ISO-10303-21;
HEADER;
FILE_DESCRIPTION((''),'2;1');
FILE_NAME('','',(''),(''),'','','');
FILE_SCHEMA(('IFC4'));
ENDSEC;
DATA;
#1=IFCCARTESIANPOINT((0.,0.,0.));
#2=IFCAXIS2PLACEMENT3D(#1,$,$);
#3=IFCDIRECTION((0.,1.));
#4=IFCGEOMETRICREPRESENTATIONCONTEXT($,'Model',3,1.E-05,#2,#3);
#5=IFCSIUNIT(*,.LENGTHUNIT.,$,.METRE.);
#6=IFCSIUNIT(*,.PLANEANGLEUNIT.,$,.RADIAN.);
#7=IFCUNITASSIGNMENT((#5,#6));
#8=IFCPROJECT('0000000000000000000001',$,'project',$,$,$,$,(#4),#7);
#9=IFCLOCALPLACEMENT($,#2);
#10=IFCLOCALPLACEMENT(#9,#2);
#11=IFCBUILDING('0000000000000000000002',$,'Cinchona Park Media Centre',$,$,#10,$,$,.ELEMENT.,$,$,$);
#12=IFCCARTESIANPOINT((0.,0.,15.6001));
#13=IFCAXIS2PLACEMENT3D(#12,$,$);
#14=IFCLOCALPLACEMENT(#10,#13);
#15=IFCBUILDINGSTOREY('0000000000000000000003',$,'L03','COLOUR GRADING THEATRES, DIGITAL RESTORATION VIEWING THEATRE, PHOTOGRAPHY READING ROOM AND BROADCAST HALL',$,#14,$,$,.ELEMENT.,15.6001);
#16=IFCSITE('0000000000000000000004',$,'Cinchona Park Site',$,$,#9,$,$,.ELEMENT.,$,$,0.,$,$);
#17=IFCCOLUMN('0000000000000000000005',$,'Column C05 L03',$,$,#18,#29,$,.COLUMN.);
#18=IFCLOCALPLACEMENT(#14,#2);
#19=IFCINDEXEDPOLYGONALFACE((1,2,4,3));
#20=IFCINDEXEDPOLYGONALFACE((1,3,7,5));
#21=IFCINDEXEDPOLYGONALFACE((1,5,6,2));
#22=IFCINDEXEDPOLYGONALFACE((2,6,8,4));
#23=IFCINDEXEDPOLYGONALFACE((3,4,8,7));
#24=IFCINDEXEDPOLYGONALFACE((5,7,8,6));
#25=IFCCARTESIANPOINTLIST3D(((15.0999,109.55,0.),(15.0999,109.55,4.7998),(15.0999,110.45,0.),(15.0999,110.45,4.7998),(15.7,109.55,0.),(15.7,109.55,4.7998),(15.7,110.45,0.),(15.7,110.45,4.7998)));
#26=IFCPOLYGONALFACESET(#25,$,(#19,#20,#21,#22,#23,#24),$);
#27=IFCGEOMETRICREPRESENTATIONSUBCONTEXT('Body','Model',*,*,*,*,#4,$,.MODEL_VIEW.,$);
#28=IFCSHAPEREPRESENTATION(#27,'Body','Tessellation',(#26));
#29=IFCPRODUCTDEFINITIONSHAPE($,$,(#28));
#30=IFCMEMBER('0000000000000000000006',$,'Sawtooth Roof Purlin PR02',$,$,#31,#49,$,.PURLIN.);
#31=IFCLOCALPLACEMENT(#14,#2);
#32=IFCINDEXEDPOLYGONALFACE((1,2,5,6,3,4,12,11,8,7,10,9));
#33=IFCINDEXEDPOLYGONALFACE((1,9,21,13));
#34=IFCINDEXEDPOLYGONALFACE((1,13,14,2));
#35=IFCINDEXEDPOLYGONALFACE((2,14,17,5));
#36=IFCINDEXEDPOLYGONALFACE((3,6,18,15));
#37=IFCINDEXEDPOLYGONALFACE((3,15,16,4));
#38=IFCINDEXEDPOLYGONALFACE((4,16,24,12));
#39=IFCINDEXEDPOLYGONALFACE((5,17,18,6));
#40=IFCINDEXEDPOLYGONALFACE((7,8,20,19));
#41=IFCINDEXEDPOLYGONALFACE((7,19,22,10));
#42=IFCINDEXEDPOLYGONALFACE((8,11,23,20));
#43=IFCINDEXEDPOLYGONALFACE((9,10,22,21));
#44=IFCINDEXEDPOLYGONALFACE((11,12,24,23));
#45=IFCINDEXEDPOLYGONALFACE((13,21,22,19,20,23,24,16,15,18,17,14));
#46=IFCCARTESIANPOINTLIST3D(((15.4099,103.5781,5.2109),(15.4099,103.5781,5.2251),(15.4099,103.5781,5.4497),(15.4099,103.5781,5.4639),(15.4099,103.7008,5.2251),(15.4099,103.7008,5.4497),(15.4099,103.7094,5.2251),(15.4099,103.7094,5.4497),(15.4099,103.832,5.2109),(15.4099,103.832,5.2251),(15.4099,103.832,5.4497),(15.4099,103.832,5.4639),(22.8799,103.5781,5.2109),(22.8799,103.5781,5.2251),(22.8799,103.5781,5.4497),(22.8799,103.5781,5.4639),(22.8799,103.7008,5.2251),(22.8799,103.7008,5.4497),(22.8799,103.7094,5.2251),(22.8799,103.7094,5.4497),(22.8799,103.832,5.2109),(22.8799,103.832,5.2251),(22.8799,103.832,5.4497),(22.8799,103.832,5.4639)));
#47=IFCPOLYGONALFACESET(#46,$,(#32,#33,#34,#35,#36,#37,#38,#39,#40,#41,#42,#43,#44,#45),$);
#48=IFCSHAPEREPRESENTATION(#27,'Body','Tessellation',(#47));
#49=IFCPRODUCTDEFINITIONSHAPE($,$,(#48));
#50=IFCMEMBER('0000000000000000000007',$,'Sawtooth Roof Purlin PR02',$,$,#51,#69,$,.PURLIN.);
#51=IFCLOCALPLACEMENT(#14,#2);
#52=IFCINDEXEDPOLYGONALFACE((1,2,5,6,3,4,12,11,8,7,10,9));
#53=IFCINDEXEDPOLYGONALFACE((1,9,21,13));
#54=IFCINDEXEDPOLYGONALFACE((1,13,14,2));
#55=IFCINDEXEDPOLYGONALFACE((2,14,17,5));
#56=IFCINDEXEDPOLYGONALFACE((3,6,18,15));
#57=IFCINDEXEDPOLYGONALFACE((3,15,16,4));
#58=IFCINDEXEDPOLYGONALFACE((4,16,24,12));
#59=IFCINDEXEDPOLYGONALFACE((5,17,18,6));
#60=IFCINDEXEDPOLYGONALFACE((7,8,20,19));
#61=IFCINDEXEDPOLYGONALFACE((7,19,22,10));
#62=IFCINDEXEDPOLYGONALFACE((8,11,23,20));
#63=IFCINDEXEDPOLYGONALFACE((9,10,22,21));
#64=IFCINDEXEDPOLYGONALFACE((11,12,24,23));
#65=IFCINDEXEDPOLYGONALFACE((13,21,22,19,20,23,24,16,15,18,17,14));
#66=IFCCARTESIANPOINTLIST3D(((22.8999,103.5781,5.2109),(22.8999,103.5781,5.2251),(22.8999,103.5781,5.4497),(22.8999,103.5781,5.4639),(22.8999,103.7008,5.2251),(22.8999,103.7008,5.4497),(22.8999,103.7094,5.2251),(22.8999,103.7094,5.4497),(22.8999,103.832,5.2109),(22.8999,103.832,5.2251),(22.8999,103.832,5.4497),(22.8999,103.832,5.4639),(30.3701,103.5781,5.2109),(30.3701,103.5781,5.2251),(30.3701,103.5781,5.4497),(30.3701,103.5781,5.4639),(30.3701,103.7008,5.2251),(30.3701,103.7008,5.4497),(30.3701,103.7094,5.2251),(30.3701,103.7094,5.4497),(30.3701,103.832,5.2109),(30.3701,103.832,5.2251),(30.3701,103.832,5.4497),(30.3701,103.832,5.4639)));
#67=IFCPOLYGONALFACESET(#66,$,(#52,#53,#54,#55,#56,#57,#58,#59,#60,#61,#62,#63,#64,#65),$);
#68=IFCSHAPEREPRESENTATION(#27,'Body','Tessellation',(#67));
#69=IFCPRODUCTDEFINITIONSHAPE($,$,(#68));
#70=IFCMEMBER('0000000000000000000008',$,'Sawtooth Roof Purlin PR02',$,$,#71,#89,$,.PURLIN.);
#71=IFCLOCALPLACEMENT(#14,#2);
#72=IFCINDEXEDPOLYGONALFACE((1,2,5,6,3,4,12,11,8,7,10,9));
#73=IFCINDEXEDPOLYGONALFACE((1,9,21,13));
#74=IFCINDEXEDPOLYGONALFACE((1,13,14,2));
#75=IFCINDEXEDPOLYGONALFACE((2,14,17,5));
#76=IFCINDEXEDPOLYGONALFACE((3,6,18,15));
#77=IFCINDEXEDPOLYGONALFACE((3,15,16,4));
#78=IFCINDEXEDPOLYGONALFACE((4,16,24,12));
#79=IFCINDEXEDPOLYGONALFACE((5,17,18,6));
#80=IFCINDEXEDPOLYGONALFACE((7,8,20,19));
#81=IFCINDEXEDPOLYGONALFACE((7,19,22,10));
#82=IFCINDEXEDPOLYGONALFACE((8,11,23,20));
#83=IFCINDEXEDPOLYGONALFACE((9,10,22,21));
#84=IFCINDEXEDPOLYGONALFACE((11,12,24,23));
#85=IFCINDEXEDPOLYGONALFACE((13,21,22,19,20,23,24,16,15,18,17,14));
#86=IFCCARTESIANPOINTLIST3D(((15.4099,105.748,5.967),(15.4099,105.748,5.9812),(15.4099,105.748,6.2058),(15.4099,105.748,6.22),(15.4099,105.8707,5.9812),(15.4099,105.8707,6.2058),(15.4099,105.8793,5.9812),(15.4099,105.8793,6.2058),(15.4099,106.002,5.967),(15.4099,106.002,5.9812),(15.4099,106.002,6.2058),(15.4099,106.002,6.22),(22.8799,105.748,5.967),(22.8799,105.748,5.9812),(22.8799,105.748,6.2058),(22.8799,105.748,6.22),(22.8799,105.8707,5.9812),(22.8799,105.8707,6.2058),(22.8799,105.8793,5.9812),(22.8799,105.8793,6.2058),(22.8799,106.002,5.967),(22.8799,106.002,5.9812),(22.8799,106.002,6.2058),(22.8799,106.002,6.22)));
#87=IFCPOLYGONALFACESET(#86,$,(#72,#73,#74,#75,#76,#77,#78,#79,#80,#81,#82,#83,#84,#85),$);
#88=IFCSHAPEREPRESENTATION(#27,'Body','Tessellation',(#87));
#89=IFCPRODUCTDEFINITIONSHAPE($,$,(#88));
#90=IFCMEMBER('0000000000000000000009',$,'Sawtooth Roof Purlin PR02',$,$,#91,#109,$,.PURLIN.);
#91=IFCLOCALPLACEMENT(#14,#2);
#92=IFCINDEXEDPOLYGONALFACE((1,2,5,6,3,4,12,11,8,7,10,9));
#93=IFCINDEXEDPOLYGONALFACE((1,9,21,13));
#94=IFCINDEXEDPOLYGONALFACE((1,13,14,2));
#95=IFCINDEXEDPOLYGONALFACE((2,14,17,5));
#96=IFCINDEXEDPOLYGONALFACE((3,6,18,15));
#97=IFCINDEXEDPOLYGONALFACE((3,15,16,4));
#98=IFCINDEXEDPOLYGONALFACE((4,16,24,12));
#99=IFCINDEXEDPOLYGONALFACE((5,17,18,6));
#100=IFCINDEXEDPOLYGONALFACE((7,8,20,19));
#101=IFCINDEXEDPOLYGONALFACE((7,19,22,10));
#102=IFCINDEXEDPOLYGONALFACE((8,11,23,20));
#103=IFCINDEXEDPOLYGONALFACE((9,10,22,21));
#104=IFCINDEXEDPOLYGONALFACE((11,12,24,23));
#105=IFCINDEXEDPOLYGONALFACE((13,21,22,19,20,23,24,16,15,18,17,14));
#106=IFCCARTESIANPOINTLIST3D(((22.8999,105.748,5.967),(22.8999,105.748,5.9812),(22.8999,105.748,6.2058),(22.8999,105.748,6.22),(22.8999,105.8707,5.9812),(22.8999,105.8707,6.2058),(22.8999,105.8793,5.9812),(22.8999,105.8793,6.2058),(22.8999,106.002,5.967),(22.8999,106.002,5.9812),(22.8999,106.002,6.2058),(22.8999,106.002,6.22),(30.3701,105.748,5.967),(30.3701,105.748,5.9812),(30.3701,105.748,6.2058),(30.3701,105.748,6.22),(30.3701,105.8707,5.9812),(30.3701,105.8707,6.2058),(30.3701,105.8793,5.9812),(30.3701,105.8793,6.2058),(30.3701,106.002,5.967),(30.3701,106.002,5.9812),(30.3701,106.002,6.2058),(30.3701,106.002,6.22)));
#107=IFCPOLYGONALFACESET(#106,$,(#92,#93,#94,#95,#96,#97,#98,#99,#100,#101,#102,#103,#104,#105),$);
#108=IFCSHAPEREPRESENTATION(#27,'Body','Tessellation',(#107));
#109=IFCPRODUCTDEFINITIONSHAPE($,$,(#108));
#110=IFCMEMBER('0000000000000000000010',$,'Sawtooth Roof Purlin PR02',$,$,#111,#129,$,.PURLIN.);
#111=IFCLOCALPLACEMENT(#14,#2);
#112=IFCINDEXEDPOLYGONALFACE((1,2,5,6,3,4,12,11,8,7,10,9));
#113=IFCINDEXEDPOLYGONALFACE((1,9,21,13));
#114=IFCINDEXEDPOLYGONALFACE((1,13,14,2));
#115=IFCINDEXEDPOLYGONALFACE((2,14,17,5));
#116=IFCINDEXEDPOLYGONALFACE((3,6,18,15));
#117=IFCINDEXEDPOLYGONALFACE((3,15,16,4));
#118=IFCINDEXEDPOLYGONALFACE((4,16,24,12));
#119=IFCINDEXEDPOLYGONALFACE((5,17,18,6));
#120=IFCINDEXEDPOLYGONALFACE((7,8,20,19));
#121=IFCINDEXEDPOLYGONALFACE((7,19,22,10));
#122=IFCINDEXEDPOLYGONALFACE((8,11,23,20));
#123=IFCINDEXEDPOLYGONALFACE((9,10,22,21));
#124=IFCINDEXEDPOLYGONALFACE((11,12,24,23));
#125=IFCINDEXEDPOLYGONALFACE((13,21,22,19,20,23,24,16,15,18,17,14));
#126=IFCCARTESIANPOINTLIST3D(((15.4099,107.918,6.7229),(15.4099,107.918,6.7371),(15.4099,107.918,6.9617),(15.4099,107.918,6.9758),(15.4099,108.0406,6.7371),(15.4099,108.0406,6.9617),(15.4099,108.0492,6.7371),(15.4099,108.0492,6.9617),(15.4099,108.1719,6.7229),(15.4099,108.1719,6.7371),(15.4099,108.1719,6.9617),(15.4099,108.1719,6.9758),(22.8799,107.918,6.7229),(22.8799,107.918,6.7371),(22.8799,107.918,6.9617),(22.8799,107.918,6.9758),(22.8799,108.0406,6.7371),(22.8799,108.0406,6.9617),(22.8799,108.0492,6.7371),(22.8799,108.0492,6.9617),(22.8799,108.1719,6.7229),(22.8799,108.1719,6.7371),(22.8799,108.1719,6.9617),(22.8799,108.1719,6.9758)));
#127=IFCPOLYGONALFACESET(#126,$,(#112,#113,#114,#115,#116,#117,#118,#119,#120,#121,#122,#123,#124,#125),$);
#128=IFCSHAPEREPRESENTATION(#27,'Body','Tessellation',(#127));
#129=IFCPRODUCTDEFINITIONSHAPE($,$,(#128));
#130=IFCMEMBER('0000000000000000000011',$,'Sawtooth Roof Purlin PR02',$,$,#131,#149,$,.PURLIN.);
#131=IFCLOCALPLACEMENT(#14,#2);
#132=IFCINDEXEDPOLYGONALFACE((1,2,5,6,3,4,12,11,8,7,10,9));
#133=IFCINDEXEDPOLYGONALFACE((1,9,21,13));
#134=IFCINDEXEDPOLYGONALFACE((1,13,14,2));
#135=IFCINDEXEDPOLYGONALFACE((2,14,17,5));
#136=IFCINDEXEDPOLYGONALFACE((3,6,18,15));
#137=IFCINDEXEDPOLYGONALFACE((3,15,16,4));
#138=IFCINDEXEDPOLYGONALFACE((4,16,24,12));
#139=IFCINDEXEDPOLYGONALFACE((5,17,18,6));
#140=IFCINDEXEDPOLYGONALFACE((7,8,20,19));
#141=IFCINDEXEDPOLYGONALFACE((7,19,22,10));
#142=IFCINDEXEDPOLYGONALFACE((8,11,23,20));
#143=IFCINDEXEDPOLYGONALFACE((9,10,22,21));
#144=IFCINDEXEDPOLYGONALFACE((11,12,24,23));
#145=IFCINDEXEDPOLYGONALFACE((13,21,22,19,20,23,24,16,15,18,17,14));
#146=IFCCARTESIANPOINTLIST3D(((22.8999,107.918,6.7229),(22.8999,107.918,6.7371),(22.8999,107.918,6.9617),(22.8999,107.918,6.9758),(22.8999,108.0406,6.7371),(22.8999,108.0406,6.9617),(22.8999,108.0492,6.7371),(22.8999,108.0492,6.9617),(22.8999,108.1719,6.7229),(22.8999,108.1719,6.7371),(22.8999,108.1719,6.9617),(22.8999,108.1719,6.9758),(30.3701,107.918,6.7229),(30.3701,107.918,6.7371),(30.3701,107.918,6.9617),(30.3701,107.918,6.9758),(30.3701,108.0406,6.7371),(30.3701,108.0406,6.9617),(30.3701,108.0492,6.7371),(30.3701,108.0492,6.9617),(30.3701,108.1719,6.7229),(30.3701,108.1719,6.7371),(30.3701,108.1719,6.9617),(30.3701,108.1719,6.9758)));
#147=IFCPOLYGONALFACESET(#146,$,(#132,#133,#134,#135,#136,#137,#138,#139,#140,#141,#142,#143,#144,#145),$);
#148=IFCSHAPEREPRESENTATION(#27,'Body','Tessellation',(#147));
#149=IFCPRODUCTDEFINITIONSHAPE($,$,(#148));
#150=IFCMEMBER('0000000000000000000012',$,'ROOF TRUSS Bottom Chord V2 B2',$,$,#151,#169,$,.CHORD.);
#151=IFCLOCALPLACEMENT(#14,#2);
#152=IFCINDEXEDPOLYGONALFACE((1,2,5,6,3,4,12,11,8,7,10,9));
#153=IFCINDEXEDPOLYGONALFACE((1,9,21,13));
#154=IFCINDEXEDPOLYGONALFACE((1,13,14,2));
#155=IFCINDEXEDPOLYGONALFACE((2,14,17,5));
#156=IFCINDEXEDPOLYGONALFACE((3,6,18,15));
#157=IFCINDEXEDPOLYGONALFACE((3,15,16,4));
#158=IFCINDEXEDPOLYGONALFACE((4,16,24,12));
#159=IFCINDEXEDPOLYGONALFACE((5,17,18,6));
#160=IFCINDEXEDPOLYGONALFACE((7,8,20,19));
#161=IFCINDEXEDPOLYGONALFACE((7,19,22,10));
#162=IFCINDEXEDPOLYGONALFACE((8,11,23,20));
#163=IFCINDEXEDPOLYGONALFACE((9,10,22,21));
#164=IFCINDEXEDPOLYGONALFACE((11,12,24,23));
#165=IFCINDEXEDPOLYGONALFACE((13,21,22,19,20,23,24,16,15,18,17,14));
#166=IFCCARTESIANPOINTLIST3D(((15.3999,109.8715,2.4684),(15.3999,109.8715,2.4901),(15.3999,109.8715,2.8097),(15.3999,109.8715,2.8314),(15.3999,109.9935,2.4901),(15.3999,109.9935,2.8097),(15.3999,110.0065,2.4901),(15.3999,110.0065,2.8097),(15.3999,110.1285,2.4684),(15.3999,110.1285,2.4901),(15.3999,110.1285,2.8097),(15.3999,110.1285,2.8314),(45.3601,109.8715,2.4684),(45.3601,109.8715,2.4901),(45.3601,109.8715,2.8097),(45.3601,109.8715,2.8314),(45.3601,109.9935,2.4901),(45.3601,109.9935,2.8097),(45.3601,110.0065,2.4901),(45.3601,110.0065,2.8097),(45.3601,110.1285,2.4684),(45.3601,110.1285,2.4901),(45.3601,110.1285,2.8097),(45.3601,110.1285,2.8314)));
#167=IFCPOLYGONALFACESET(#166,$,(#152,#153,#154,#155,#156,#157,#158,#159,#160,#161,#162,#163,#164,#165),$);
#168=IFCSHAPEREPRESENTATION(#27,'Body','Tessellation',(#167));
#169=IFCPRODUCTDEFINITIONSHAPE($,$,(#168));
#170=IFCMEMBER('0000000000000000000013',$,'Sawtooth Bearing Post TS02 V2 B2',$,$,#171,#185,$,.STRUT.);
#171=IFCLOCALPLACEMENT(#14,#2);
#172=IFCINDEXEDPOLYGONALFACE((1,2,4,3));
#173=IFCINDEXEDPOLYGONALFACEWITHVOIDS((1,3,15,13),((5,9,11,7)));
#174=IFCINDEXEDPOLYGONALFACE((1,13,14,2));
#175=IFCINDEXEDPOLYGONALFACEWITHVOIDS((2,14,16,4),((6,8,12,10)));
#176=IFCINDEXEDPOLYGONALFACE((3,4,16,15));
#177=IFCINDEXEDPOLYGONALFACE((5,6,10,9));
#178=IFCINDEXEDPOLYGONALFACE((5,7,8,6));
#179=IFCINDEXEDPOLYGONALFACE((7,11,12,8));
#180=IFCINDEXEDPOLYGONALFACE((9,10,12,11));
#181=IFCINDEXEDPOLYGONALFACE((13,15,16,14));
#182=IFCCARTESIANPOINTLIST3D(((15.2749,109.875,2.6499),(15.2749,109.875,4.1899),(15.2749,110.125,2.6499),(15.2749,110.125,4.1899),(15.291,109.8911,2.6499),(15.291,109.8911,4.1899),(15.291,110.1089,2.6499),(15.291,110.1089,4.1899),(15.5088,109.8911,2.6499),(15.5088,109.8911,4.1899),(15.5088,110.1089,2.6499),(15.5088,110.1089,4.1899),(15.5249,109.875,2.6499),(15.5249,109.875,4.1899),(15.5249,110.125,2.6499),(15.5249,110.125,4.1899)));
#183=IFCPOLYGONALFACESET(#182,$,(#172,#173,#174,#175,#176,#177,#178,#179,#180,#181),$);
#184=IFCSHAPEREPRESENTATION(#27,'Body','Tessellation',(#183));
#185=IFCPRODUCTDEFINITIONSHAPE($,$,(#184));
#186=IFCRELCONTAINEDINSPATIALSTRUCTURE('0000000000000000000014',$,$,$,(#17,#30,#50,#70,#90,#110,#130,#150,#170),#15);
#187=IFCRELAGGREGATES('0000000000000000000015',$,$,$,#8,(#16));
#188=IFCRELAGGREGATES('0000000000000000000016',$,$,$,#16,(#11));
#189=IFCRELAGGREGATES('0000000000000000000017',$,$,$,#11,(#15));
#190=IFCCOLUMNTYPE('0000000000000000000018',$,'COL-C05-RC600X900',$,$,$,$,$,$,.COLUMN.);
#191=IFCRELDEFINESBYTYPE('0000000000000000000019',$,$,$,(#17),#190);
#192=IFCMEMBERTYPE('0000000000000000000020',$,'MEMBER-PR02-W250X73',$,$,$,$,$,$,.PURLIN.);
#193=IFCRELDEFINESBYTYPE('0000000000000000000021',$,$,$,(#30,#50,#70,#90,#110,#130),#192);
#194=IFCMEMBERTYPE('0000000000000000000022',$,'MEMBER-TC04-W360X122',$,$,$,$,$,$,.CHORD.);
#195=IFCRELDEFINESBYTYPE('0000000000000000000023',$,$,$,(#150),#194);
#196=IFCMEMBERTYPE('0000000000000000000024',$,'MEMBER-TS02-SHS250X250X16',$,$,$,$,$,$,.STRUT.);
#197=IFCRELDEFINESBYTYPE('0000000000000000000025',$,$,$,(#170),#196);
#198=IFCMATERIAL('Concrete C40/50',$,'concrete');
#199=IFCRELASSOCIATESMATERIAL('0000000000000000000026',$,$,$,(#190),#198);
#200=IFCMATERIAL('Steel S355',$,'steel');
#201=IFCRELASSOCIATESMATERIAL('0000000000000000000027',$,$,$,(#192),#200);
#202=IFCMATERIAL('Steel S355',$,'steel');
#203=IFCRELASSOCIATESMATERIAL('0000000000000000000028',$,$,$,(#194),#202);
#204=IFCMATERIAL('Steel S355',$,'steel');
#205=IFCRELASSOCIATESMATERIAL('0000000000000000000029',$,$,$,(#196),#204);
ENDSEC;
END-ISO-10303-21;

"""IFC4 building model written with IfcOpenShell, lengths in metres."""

from ifc_helpers import new_model, si_unit, direction, frame, origin, origin_2d, place, context, subcontext, project, spatial, rectangle, hollow_rectangle, i_section, extrude, material, material_profile, profile_set, type_object, element, save


model = new_model("IFC4")

# Units and contexts
model_context = context("Model", 3, precision=1e-05, world=origin(), true_north=direction((0.0, 1.0)))
body_context = subcontext(model_context, "Body", "Model", "MODEL_VIEW")
ifc_project = project(units=[si_unit("LENGTHUNIT", "METRE"), si_unit("PLANEANGLEUNIT", "RADIAN")], contexts=[model_context])

# Site, building, storey
site_placement = place(None, origin())
site = spatial("IfcSite", under=ifc_project, at=site_placement, Name="Cinchona Park Site", CompositionType="ELEMENT", RefElevation=0.0)
building_placement = place(site_placement, origin())
building = spatial("IfcBuilding", under=site, at=building_placement, Name="Cinchona Park Media Centre", CompositionType="ELEMENT")
storey_placement = place(building_placement, frame((0.0, 0.0, 15.6001)))
storey = spatial("IfcBuildingStorey", under=building, at=storey_placement, Name="L03", Description="COLOUR GRADING THEATRES, DIGITAL RESTORATION VIEWING THEATRE, PHOTOGRAPHY READING ROOM AND BROADCAST HALL", CompositionType="ELEMENT", Elevation=15.6001)

# Column
ifc_material_1 = material(Name="Concrete C40/50", Category="concrete")
ifc_material_profile_1 = material_profile(ifc_material_1, rectangle(XDim=0.6001, YDim=0.8999, at=origin_2d()), Name="RC 600X900")
ifc_profile_set_1 = profile_set([ifc_material_profile_1], Name="Concrete C40/50")
column_type = type_object("IfcColumnType", Name="COL-C05-RC600X900", PredefinedType="COLUMN", material=ifc_profile_set_1)
column_placement = place(storey_placement, frame((15.3999, 110.0, 0.0), z_axis=(0.0, 0.0, 1.0), x_axis=(1.0, 0.0, 0.0)))
element("IfcColumn", 1, at=column_placement, inside=storey, type_object=column_type, Name="Column C05 L03", PredefinedType="COLUMN", context=body_context, shape_type="SweptSolid", body=[
    extrude(rectangle(XDim=0.6001, YDim=0.8999, at=origin_2d()), origin(), (0.0, 0.0, 1.0), 4.7998),
])

# Members
ifc_material_2 = material(Name="Steel S355", Category="steel")
ifc_material_profile_2 = material_profile(ifc_material_2, i_section(OverallWidth=0.2539, OverallDepth=0.2529, WebThickness=0.0085, FlangeThickness=0.0142, at=origin_2d()), Name="W250X73")
ifc_profile_set_2 = profile_set([ifc_material_profile_2], Name="Steel S355")
member_type_1 = type_object("IfcMemberType", Name="MEMBER-PR02-W250X73", PredefinedType="PURLIN", material=ifc_profile_set_2)
member_1_placement = place(storey_placement, frame((15.4099, 103.7051, 5.3374), z_axis=(1.0, 0.0, 0.0), x_axis=(0.0, 1.0, 0.0)))
element("IfcMember", 2, at=member_1_placement, inside=storey, type_object=member_type_1, Name="Sawtooth Roof Purlin PR02", PredefinedType="PURLIN", context=body_context, shape_type="SweptSolid", body=[
    extrude(i_section(OverallWidth=0.2539, OverallDepth=0.2529, WebThickness=0.0085, FlangeThickness=0.0142, at=origin_2d()), origin(), (0.0, 0.0, 1.0), 7.47),
])
member_2_placement = place(storey_placement, frame((22.8999, 103.7051, 5.3374), z_axis=(1.0, 0.0, 0.0), x_axis=(0.0, 1.0, 0.0)))
element("IfcMember", 3, at=member_2_placement, inside=storey, type_object=member_type_1, Name="Sawtooth Roof Purlin PR02", PredefinedType="PURLIN", context=body_context, shape_type="SweptSolid", body=[
    extrude(i_section(OverallWidth=0.2539, OverallDepth=0.2529, WebThickness=0.0085, FlangeThickness=0.0142, at=origin_2d()), origin(), (0.0, 0.0, 1.0), 7.4702),
])
member_3_placement = place(storey_placement, frame((15.4099, 105.875, 6.0935), z_axis=(1.0, 0.0, 0.0), x_axis=(0.0, 1.0, 0.0)))
element("IfcMember", 4, at=member_3_placement, inside=storey, type_object=member_type_1, Name="Sawtooth Roof Purlin PR02", PredefinedType="PURLIN", context=body_context, shape_type="SweptSolid", body=[
    extrude(i_section(OverallWidth=0.2539, OverallDepth=0.2529, WebThickness=0.0085, FlangeThickness=0.0142, at=origin_2d()), origin(), (0.0, 0.0, 1.0), 7.47),
])
member_4_placement = place(storey_placement, frame((22.8999, 105.875, 6.0935), z_axis=(1.0, 0.0, 0.0), x_axis=(0.0, 1.0, 0.0)))
element("IfcMember", 5, at=member_4_placement, inside=storey, type_object=member_type_1, Name="Sawtooth Roof Purlin PR02", PredefinedType="PURLIN", context=body_context, shape_type="SweptSolid", body=[
    extrude(i_section(OverallWidth=0.2539, OverallDepth=0.2529, WebThickness=0.0085, FlangeThickness=0.0142, at=origin_2d()), origin(), (0.0, 0.0, 1.0), 7.4702),
])
member_5_placement = place(storey_placement, frame((15.4099, 108.0449, 6.8494), z_axis=(1.0, 0.0, 0.0), x_axis=(0.0, 1.0, 0.0)))
element("IfcMember", 6, at=member_5_placement, inside=storey, type_object=member_type_1, Name="Sawtooth Roof Purlin PR02", PredefinedType="PURLIN", context=body_context, shape_type="SweptSolid", body=[
    extrude(i_section(OverallWidth=0.2539, OverallDepth=0.2529, WebThickness=0.0085, FlangeThickness=0.0142, at=origin_2d()), origin(), (0.0, 0.0, 1.0), 7.47),
])
member_6_placement = place(storey_placement, frame((22.8999, 108.0449, 6.8494), z_axis=(1.0, 0.0, 0.0), x_axis=(0.0, 1.0, 0.0)))
element("IfcMember", 7, at=member_6_placement, inside=storey, type_object=member_type_1, Name="Sawtooth Roof Purlin PR02", PredefinedType="PURLIN", context=body_context, shape_type="SweptSolid", body=[
    extrude(i_section(OverallWidth=0.2539, OverallDepth=0.2529, WebThickness=0.0085, FlangeThickness=0.0142, at=origin_2d()), origin(), (0.0, 0.0, 1.0), 7.4702),
])
ifc_material_3 = material(Name="Steel S355", Category="steel")
ifc_material_profile_3 = material_profile(ifc_material_3, i_section(OverallWidth=0.2571, OverallDepth=0.363, WebThickness=0.0129, FlangeThickness=0.0217, at=origin_2d()), Name="W360X122")
ifc_profile_set_3 = profile_set([ifc_material_profile_3], Name="Steel S355")
member_type_2 = type_object("IfcMemberType", Name="MEMBER-TC04-W360X122", PredefinedType="CHORD", material=ifc_profile_set_3)
member_7_placement = place(storey_placement, frame((15.3999, 110.0, 2.6499), z_axis=(1.0, 0.0, 0.0), x_axis=(0.0, 1.0, 0.0)))
element("IfcMember", 8, at=member_7_placement, inside=storey, type_object=member_type_2, Name="ROOF TRUSS Bottom Chord V2 B2", PredefinedType="CHORD", context=body_context, shape_type="SweptSolid", body=[
    extrude(i_section(OverallWidth=0.2571, OverallDepth=0.363, WebThickness=0.0129, FlangeThickness=0.0217, at=origin_2d()), origin(), (0.0, 0.0, 1.0), 29.9602),
])
ifc_material_4 = material(Name="Steel S355", Category="steel")
ifc_material_profile_4 = material_profile(ifc_material_4, hollow_rectangle(XDim=0.25, YDim=0.25, WallThickness=0.0161, at=origin_2d()), Name="250X250X16SHS")
ifc_profile_set_4 = profile_set([ifc_material_profile_4], Name="Steel S355")
member_type_3 = type_object("IfcMemberType", Name="MEMBER-TS02-SHS250X250X16", PredefinedType="STRUT", material=ifc_profile_set_4)
member_8_placement = place(storey_placement, frame((15.3999, 110.0, 2.6499), z_axis=(0.0, 0.0, 1.0), x_axis=(1.0, 0.0, 0.0)))
element("IfcMember", 9, at=member_8_placement, inside=storey, type_object=member_type_3, Name="Sawtooth Bearing Post TS02 V2 B2", PredefinedType="STRUT", context=body_context, shape_type="SweptSolid", body=[
    extrude(hollow_rectangle(XDim=0.25, YDim=0.25, WallThickness=0.0161, at=origin_2d()), origin(), (0.0, 0.0, 1.0), 1.54),
])

save(model, "model.ifc")
